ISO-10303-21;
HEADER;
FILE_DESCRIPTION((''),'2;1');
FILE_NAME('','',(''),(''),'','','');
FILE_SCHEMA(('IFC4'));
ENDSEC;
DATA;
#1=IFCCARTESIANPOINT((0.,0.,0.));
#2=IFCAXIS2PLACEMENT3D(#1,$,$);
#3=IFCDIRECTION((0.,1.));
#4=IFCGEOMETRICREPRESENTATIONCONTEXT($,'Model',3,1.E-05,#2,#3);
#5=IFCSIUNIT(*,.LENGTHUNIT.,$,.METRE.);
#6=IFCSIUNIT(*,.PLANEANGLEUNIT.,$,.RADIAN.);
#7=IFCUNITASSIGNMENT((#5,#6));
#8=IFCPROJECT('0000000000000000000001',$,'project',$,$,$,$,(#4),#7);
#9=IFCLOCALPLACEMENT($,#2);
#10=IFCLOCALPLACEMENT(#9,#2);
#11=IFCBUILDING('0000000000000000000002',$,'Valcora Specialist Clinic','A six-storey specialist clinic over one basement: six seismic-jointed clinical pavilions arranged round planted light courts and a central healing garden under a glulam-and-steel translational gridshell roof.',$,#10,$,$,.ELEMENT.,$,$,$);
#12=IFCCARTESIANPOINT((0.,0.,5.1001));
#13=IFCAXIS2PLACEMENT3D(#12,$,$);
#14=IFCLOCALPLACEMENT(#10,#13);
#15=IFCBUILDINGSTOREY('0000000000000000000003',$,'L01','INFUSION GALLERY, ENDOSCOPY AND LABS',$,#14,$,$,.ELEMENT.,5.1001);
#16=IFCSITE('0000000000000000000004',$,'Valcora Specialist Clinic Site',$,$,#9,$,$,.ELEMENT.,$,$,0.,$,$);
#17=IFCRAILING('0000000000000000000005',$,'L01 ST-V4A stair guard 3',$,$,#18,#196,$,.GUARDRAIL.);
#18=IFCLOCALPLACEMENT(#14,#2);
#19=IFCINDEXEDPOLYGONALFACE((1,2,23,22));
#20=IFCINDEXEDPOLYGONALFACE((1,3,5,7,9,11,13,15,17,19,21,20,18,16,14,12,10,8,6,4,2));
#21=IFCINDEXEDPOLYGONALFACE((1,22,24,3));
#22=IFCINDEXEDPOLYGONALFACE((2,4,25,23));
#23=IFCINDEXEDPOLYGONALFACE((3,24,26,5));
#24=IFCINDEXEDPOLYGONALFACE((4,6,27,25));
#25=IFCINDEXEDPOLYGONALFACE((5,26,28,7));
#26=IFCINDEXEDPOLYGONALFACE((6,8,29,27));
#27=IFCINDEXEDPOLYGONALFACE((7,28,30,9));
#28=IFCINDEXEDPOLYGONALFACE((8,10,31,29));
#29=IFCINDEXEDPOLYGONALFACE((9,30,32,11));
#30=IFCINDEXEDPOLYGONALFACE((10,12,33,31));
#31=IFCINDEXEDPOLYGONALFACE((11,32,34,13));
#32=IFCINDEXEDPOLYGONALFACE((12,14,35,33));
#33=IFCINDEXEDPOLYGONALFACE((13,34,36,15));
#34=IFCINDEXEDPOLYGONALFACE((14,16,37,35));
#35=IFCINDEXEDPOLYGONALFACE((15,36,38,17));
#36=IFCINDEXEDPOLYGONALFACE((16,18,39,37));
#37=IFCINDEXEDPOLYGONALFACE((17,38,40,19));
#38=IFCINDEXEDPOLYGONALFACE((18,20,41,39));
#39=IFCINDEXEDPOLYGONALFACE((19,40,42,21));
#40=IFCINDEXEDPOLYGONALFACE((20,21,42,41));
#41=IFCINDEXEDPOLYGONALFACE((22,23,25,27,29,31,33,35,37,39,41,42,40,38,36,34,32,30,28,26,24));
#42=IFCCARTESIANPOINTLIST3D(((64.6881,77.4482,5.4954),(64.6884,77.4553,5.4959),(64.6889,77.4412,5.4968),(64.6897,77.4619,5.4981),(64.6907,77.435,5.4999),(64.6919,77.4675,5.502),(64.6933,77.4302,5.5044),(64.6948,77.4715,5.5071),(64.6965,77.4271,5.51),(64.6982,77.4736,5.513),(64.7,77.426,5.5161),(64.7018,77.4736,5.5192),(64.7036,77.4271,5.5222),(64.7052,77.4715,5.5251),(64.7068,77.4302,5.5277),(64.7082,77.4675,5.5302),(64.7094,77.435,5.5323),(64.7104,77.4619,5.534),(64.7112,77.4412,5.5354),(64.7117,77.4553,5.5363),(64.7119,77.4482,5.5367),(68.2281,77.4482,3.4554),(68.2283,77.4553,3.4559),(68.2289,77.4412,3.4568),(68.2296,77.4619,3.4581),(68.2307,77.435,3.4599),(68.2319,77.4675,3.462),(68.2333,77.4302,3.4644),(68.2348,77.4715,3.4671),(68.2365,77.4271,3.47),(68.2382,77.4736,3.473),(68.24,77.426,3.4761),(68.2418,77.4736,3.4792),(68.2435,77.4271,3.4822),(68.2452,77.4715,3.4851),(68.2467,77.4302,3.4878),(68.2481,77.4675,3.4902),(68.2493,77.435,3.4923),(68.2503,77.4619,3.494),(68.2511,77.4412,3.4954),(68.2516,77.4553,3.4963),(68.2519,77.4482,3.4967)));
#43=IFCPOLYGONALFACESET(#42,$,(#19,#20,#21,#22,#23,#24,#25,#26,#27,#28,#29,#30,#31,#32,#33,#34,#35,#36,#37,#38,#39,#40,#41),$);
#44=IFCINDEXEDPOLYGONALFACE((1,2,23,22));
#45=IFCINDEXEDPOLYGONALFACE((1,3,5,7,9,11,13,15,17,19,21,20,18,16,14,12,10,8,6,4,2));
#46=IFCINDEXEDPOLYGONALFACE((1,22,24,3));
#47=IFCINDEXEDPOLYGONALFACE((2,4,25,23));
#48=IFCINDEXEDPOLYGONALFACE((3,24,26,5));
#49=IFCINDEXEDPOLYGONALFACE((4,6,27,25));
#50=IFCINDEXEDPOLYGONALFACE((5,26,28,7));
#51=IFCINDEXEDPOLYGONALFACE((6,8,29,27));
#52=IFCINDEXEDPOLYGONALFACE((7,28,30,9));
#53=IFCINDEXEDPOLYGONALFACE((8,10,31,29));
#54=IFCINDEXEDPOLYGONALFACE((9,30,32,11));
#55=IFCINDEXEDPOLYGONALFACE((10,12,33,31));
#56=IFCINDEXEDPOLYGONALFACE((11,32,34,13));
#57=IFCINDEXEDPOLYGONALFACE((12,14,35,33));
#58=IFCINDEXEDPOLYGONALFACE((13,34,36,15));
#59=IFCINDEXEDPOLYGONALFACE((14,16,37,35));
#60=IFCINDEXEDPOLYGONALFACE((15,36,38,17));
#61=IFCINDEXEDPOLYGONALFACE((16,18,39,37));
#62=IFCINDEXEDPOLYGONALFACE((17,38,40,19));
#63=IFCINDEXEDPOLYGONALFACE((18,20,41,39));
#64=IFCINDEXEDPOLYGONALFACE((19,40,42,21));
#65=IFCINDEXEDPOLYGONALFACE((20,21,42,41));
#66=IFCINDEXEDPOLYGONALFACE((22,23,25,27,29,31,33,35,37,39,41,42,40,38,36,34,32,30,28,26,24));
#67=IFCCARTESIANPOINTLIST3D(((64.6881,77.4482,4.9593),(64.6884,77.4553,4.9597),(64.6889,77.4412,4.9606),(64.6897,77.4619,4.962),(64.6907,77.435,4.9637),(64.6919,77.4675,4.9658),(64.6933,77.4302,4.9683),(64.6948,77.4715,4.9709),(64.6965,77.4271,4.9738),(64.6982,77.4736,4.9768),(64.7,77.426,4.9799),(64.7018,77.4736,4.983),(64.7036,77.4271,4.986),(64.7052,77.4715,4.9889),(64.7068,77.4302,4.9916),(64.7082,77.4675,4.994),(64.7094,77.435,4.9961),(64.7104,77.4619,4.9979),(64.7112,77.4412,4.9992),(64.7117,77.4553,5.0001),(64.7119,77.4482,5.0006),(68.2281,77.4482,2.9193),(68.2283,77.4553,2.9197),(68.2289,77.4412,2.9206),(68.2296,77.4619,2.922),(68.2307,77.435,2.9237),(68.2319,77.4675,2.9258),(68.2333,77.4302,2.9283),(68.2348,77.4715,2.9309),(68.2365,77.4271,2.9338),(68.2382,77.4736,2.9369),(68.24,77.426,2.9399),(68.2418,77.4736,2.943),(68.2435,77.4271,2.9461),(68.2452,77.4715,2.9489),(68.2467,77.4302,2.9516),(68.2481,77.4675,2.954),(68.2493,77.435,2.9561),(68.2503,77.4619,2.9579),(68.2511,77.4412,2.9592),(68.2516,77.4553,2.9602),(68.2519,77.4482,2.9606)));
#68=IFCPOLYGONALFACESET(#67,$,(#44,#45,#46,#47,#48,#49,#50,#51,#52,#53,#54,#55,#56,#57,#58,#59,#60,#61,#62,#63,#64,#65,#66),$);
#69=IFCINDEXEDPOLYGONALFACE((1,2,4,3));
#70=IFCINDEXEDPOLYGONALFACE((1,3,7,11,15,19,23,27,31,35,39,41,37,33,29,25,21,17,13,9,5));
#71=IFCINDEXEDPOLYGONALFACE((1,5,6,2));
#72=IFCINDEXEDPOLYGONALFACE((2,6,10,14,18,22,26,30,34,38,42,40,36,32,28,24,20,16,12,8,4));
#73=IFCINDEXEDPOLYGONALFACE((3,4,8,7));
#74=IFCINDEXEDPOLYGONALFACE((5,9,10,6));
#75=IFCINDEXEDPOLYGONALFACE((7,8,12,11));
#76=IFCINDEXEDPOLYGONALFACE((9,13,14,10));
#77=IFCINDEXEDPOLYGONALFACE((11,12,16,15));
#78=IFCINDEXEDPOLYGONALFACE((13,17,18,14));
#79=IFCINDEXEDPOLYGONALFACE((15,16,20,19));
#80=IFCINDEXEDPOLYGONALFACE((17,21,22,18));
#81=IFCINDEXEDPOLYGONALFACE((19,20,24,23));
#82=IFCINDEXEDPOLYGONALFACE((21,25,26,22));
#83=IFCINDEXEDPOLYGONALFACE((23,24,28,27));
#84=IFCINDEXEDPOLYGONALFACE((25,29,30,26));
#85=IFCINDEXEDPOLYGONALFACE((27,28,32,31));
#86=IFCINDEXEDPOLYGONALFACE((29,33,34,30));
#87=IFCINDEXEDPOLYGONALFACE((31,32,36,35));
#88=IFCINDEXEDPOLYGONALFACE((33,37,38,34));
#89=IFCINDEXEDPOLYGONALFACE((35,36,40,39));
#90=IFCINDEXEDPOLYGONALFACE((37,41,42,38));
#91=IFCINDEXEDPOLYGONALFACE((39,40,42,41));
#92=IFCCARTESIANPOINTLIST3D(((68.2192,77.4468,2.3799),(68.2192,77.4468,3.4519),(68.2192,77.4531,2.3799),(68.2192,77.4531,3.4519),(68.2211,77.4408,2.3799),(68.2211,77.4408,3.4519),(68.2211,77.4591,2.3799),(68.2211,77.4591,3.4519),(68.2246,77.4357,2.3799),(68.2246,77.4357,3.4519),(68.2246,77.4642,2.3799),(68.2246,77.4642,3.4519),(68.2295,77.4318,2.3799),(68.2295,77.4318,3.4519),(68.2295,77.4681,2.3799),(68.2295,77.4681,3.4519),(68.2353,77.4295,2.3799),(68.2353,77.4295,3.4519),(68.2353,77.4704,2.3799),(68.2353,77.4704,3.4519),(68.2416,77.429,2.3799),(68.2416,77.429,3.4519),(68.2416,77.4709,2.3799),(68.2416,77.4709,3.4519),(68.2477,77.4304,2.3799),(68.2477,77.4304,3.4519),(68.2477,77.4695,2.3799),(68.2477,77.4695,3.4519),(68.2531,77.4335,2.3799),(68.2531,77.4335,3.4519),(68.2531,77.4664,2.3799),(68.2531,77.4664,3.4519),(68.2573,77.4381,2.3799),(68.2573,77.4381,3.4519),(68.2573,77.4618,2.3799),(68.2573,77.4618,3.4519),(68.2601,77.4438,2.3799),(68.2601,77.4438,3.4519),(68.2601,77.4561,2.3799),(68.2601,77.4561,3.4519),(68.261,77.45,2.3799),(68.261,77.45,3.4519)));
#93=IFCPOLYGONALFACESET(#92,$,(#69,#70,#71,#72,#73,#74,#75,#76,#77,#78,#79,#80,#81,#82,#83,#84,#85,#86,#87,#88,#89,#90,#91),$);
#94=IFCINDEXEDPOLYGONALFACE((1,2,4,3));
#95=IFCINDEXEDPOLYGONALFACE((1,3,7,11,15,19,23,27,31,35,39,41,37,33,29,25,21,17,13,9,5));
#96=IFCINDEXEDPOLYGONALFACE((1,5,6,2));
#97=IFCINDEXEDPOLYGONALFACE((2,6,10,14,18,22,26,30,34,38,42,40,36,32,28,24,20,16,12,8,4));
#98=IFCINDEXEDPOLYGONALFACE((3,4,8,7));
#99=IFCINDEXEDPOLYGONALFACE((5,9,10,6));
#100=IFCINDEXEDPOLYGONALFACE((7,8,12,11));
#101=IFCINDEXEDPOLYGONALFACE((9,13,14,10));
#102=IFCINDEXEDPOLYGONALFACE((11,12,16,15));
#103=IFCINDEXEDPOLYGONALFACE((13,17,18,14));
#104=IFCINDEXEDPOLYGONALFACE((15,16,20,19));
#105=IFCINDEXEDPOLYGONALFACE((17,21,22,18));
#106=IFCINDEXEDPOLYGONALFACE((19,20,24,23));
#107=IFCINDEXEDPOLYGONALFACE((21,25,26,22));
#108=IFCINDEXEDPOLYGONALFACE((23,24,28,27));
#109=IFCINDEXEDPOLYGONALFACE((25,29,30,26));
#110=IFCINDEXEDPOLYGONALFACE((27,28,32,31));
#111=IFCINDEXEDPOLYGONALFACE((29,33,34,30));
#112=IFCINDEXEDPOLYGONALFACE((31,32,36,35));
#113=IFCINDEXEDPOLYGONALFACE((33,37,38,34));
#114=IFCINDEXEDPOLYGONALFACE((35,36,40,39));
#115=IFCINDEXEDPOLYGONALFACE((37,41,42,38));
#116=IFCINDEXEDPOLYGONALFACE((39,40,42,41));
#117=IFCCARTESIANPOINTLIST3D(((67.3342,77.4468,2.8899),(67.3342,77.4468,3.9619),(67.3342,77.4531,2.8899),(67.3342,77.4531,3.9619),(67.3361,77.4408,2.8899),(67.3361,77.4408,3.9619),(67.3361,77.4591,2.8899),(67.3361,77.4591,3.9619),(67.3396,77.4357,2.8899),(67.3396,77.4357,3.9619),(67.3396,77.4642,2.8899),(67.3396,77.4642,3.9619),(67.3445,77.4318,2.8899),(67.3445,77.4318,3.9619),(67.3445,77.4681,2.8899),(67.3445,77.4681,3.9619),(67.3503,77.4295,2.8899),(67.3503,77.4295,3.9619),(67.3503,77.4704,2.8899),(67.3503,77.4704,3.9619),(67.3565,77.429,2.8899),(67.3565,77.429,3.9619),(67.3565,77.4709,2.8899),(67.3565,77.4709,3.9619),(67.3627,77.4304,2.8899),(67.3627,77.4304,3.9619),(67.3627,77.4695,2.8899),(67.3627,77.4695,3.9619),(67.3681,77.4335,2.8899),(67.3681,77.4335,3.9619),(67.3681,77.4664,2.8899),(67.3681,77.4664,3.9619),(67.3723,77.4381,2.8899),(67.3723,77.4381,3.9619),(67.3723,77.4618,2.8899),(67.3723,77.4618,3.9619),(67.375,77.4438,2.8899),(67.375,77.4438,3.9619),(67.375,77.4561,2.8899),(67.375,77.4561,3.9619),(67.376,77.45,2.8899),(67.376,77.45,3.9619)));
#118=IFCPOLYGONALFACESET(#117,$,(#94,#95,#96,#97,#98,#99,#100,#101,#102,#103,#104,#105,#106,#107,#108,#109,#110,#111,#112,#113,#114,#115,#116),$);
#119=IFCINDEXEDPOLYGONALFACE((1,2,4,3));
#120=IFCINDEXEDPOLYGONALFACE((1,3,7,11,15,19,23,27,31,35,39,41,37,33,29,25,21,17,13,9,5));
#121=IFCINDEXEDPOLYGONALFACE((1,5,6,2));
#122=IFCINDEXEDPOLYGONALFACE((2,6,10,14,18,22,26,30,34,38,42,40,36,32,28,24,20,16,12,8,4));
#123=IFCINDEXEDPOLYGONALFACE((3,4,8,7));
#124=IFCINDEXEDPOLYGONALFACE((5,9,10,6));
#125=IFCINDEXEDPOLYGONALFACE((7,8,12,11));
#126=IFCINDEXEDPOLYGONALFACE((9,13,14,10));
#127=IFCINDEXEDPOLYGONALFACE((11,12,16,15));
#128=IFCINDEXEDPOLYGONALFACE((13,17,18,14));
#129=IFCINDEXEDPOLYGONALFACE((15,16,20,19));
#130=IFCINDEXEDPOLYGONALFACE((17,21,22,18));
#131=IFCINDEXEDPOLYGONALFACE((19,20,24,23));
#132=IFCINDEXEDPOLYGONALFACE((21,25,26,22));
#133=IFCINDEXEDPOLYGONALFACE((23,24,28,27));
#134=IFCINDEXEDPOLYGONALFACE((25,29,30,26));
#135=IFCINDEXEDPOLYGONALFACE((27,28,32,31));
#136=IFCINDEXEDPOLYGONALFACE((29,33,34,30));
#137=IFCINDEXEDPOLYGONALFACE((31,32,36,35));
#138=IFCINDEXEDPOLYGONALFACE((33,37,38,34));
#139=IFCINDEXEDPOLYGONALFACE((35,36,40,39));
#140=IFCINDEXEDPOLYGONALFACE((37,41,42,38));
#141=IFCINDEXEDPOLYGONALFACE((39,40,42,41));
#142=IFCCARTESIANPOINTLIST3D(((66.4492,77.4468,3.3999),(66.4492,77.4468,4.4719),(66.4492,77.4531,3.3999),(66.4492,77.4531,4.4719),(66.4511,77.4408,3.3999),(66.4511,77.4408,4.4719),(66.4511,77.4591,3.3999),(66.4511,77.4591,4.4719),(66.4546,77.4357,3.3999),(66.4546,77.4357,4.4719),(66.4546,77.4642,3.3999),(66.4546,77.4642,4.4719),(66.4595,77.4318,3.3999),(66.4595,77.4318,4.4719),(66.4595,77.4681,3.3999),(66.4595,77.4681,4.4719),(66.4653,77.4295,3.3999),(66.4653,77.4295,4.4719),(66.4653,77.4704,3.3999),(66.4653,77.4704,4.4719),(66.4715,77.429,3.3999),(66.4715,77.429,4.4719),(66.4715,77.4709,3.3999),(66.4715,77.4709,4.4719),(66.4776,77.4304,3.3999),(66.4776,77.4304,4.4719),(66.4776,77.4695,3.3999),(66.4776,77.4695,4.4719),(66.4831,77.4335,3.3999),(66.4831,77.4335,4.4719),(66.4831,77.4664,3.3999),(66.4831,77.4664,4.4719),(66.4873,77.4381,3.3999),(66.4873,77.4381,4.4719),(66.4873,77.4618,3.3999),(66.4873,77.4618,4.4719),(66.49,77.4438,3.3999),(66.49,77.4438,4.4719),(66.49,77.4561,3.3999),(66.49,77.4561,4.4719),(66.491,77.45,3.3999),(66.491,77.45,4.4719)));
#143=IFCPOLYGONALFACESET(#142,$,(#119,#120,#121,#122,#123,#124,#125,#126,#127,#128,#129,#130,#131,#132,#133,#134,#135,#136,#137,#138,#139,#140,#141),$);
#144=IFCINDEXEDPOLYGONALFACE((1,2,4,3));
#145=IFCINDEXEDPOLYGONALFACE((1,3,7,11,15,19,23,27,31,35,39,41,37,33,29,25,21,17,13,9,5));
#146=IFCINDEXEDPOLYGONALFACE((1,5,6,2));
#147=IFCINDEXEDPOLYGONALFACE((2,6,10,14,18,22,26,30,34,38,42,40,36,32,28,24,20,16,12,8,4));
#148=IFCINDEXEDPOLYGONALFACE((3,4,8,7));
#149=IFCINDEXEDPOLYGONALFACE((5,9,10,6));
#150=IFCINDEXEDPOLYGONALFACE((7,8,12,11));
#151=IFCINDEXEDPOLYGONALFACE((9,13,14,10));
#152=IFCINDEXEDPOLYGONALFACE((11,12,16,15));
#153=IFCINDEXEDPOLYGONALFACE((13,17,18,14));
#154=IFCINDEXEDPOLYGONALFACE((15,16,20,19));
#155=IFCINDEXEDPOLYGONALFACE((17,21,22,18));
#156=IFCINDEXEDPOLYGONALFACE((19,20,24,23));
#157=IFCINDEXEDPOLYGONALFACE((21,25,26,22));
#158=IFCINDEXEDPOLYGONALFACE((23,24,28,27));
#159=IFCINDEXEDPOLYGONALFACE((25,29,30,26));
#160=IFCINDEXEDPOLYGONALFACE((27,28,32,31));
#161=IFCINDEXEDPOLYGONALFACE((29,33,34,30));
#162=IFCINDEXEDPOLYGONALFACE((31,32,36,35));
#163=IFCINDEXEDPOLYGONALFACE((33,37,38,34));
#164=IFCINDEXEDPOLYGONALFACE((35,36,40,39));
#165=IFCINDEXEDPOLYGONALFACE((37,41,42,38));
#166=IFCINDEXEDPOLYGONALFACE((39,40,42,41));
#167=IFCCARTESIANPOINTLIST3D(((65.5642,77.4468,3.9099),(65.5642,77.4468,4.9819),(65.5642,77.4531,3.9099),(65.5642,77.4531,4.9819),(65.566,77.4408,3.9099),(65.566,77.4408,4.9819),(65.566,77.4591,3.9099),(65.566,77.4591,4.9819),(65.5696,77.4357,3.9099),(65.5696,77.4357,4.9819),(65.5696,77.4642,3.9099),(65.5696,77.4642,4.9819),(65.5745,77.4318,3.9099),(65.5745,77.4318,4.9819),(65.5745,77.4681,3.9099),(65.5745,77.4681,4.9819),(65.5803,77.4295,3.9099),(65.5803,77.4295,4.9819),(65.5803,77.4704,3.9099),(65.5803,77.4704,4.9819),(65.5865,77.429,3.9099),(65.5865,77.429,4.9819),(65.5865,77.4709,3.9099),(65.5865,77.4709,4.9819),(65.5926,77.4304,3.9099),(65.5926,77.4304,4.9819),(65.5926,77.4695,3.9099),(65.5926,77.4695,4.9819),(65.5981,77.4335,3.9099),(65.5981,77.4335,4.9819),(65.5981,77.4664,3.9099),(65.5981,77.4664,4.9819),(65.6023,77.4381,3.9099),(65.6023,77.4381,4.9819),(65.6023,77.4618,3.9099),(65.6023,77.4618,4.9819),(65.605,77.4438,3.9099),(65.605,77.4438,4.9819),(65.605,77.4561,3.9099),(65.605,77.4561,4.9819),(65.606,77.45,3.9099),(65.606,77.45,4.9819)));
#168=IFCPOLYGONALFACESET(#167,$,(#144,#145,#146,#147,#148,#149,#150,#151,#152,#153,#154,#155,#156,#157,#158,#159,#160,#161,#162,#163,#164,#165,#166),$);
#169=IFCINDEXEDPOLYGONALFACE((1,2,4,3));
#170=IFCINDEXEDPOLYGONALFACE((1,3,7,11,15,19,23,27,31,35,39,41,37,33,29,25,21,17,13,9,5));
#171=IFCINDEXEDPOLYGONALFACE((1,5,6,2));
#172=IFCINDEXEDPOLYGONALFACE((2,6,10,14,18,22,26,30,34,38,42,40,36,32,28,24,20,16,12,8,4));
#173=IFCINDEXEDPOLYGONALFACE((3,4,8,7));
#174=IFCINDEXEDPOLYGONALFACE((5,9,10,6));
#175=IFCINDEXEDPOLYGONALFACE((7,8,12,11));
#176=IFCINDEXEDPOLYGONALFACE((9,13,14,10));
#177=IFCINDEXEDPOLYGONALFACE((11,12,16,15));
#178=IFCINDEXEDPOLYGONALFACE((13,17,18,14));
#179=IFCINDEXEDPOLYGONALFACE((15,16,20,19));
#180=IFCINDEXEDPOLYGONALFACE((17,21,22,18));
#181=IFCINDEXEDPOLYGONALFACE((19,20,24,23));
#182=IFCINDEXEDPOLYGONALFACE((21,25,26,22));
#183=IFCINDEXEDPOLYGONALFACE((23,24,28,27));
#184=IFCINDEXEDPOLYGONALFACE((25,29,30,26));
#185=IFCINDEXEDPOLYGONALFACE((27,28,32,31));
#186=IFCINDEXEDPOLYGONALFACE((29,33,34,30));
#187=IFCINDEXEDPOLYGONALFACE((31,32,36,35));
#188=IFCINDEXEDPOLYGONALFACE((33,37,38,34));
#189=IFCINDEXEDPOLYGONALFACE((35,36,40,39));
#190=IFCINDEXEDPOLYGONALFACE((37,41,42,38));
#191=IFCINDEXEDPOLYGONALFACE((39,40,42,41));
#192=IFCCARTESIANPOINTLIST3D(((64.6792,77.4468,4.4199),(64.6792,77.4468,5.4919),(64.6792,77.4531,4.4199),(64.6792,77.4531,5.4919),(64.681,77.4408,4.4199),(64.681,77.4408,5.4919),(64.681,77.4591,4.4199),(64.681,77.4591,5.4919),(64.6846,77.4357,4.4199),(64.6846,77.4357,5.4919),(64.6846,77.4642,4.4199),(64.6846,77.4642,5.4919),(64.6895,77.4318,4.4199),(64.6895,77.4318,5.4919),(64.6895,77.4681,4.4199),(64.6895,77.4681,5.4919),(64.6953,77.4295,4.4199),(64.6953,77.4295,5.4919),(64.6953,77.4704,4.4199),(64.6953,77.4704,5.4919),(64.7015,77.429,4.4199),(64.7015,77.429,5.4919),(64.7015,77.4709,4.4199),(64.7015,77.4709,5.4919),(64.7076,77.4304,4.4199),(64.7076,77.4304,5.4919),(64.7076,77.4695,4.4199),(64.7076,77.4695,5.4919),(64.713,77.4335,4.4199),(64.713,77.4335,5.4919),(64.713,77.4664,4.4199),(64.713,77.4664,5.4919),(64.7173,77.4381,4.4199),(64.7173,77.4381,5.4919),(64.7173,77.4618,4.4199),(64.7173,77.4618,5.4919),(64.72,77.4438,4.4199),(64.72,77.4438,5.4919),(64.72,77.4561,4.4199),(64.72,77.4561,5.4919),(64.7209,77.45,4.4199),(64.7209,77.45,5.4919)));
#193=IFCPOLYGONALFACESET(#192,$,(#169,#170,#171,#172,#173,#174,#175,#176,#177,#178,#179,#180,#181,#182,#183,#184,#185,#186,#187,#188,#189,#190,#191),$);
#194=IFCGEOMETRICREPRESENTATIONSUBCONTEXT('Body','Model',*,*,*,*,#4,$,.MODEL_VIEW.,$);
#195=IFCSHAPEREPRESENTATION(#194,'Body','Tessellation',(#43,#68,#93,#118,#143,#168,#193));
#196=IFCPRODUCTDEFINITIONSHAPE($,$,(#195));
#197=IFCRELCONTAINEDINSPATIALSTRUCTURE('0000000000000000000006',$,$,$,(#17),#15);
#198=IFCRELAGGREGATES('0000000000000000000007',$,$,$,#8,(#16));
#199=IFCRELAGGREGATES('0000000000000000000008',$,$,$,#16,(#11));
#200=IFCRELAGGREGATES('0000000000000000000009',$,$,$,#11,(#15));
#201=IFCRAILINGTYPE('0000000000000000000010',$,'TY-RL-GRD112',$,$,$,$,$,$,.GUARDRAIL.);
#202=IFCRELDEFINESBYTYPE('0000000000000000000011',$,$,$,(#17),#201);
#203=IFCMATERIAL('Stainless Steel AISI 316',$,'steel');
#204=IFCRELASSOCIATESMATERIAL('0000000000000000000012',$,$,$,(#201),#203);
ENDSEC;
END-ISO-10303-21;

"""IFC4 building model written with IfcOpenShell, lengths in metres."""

from ifc_helpers import new_model, si_unit, direction, frame, origin, origin_2d, place, context, subcontext, project, spatial, circle, extrude, material, type_object, element, save


model = new_model("IFC4")

# Units and contexts
model_context = context("Model", 3, precision=1e-05, world=origin(), true_north=direction((0.0, 1.0)))
body_context = subcontext(model_context, "Body", "Model", "MODEL_VIEW")
ifc_project = project(units=[si_unit("LENGTHUNIT", "METRE"), si_unit("PLANEANGLEUNIT", "RADIAN")], contexts=[model_context])

# Site, building, storey
site_placement = place(None, origin())
site = spatial("IfcSite", under=ifc_project, at=site_placement, Name="Valcora Specialist Clinic Site", CompositionType="ELEMENT", RefElevation=0.0)
building_placement = place(site_placement, origin())
building = spatial("IfcBuilding", under=site, at=building_placement, Name="Valcora Specialist Clinic", Description="A six-storey specialist clinic over one basement: six seismic-jointed clinical pavilions arranged round planted light courts and a central healing garden under a glulam-and-steel translational gridshell roof.", CompositionType="ELEMENT")
storey_placement = place(building_placement, frame((0.0, 0.0, 5.1001)))
storey = spatial("IfcBuildingStorey", under=building, at=storey_placement, Name="L01", Description="INFUSION GALLERY, ENDOSCOPY AND LABS", CompositionType="ELEMENT", Elevation=5.1001)

# Railing
ifc_material_1 = material(Name="Stainless Steel AISI 316", Category="steel")
railing_type_1 = type_object("IfcRailingType", Name="TY-RL-GRD112", PredefinedType="GUARDRAIL", material=ifc_material_1)
railing_1_placement = place(storey_placement, frame((68.24, 77.45, 2.3799)))
element("IfcRailing", 1, at=railing_1_placement, inside=storey, type_object=railing_type_1, Name="L01 ST-V4A stair guard 3", PredefinedType="GUARDRAIL", context=body_context, shape_type="SweptSolid", body=[
    extrude(circle(Radius=0.0239, at=origin_2d()), frame((0.0, 0.0, 1.0962), z_axis=(-0.866428, 0.0, 0.499302), x_axis=(0.0, -1.0, 0.0)), (0.0, 0.0, 1.0), 4.0857),
    extrude(circle(Radius=0.0239, at=origin_2d()), frame((0.0, 0.0, 0.5601), z_axis=(-0.866428, 0.0, 0.499302), x_axis=(0.0, -1.0, 0.0)), (0.0, 0.0, 1.0), 4.0857),
    extrude(circle(Radius=0.021, at=origin_2d()), origin(), (0.0, 0.0, 1.0), 1.072),
    extrude(circle(Radius=0.021, at=origin_2d()), frame((-0.885, 0.0, 0.51)), (0.0, 0.0, 1.0), 1.072),
    extrude(circle(Radius=0.021, at=origin_2d()), frame((-1.77, 0.0, 1.02)), (0.0, 0.0, 1.0), 1.072),
    extrude(circle(Radius=0.021, at=origin_2d()), frame((-2.655, 0.0, 1.53)), (0.0, 0.0, 1.0), 1.072),
    extrude(circle(Radius=0.021, at=origin_2d()), frame((-3.54, 0.0, 2.04)), (0.0, 0.0, 1.0), 1.072),
])

save(model, "model.ifc")
